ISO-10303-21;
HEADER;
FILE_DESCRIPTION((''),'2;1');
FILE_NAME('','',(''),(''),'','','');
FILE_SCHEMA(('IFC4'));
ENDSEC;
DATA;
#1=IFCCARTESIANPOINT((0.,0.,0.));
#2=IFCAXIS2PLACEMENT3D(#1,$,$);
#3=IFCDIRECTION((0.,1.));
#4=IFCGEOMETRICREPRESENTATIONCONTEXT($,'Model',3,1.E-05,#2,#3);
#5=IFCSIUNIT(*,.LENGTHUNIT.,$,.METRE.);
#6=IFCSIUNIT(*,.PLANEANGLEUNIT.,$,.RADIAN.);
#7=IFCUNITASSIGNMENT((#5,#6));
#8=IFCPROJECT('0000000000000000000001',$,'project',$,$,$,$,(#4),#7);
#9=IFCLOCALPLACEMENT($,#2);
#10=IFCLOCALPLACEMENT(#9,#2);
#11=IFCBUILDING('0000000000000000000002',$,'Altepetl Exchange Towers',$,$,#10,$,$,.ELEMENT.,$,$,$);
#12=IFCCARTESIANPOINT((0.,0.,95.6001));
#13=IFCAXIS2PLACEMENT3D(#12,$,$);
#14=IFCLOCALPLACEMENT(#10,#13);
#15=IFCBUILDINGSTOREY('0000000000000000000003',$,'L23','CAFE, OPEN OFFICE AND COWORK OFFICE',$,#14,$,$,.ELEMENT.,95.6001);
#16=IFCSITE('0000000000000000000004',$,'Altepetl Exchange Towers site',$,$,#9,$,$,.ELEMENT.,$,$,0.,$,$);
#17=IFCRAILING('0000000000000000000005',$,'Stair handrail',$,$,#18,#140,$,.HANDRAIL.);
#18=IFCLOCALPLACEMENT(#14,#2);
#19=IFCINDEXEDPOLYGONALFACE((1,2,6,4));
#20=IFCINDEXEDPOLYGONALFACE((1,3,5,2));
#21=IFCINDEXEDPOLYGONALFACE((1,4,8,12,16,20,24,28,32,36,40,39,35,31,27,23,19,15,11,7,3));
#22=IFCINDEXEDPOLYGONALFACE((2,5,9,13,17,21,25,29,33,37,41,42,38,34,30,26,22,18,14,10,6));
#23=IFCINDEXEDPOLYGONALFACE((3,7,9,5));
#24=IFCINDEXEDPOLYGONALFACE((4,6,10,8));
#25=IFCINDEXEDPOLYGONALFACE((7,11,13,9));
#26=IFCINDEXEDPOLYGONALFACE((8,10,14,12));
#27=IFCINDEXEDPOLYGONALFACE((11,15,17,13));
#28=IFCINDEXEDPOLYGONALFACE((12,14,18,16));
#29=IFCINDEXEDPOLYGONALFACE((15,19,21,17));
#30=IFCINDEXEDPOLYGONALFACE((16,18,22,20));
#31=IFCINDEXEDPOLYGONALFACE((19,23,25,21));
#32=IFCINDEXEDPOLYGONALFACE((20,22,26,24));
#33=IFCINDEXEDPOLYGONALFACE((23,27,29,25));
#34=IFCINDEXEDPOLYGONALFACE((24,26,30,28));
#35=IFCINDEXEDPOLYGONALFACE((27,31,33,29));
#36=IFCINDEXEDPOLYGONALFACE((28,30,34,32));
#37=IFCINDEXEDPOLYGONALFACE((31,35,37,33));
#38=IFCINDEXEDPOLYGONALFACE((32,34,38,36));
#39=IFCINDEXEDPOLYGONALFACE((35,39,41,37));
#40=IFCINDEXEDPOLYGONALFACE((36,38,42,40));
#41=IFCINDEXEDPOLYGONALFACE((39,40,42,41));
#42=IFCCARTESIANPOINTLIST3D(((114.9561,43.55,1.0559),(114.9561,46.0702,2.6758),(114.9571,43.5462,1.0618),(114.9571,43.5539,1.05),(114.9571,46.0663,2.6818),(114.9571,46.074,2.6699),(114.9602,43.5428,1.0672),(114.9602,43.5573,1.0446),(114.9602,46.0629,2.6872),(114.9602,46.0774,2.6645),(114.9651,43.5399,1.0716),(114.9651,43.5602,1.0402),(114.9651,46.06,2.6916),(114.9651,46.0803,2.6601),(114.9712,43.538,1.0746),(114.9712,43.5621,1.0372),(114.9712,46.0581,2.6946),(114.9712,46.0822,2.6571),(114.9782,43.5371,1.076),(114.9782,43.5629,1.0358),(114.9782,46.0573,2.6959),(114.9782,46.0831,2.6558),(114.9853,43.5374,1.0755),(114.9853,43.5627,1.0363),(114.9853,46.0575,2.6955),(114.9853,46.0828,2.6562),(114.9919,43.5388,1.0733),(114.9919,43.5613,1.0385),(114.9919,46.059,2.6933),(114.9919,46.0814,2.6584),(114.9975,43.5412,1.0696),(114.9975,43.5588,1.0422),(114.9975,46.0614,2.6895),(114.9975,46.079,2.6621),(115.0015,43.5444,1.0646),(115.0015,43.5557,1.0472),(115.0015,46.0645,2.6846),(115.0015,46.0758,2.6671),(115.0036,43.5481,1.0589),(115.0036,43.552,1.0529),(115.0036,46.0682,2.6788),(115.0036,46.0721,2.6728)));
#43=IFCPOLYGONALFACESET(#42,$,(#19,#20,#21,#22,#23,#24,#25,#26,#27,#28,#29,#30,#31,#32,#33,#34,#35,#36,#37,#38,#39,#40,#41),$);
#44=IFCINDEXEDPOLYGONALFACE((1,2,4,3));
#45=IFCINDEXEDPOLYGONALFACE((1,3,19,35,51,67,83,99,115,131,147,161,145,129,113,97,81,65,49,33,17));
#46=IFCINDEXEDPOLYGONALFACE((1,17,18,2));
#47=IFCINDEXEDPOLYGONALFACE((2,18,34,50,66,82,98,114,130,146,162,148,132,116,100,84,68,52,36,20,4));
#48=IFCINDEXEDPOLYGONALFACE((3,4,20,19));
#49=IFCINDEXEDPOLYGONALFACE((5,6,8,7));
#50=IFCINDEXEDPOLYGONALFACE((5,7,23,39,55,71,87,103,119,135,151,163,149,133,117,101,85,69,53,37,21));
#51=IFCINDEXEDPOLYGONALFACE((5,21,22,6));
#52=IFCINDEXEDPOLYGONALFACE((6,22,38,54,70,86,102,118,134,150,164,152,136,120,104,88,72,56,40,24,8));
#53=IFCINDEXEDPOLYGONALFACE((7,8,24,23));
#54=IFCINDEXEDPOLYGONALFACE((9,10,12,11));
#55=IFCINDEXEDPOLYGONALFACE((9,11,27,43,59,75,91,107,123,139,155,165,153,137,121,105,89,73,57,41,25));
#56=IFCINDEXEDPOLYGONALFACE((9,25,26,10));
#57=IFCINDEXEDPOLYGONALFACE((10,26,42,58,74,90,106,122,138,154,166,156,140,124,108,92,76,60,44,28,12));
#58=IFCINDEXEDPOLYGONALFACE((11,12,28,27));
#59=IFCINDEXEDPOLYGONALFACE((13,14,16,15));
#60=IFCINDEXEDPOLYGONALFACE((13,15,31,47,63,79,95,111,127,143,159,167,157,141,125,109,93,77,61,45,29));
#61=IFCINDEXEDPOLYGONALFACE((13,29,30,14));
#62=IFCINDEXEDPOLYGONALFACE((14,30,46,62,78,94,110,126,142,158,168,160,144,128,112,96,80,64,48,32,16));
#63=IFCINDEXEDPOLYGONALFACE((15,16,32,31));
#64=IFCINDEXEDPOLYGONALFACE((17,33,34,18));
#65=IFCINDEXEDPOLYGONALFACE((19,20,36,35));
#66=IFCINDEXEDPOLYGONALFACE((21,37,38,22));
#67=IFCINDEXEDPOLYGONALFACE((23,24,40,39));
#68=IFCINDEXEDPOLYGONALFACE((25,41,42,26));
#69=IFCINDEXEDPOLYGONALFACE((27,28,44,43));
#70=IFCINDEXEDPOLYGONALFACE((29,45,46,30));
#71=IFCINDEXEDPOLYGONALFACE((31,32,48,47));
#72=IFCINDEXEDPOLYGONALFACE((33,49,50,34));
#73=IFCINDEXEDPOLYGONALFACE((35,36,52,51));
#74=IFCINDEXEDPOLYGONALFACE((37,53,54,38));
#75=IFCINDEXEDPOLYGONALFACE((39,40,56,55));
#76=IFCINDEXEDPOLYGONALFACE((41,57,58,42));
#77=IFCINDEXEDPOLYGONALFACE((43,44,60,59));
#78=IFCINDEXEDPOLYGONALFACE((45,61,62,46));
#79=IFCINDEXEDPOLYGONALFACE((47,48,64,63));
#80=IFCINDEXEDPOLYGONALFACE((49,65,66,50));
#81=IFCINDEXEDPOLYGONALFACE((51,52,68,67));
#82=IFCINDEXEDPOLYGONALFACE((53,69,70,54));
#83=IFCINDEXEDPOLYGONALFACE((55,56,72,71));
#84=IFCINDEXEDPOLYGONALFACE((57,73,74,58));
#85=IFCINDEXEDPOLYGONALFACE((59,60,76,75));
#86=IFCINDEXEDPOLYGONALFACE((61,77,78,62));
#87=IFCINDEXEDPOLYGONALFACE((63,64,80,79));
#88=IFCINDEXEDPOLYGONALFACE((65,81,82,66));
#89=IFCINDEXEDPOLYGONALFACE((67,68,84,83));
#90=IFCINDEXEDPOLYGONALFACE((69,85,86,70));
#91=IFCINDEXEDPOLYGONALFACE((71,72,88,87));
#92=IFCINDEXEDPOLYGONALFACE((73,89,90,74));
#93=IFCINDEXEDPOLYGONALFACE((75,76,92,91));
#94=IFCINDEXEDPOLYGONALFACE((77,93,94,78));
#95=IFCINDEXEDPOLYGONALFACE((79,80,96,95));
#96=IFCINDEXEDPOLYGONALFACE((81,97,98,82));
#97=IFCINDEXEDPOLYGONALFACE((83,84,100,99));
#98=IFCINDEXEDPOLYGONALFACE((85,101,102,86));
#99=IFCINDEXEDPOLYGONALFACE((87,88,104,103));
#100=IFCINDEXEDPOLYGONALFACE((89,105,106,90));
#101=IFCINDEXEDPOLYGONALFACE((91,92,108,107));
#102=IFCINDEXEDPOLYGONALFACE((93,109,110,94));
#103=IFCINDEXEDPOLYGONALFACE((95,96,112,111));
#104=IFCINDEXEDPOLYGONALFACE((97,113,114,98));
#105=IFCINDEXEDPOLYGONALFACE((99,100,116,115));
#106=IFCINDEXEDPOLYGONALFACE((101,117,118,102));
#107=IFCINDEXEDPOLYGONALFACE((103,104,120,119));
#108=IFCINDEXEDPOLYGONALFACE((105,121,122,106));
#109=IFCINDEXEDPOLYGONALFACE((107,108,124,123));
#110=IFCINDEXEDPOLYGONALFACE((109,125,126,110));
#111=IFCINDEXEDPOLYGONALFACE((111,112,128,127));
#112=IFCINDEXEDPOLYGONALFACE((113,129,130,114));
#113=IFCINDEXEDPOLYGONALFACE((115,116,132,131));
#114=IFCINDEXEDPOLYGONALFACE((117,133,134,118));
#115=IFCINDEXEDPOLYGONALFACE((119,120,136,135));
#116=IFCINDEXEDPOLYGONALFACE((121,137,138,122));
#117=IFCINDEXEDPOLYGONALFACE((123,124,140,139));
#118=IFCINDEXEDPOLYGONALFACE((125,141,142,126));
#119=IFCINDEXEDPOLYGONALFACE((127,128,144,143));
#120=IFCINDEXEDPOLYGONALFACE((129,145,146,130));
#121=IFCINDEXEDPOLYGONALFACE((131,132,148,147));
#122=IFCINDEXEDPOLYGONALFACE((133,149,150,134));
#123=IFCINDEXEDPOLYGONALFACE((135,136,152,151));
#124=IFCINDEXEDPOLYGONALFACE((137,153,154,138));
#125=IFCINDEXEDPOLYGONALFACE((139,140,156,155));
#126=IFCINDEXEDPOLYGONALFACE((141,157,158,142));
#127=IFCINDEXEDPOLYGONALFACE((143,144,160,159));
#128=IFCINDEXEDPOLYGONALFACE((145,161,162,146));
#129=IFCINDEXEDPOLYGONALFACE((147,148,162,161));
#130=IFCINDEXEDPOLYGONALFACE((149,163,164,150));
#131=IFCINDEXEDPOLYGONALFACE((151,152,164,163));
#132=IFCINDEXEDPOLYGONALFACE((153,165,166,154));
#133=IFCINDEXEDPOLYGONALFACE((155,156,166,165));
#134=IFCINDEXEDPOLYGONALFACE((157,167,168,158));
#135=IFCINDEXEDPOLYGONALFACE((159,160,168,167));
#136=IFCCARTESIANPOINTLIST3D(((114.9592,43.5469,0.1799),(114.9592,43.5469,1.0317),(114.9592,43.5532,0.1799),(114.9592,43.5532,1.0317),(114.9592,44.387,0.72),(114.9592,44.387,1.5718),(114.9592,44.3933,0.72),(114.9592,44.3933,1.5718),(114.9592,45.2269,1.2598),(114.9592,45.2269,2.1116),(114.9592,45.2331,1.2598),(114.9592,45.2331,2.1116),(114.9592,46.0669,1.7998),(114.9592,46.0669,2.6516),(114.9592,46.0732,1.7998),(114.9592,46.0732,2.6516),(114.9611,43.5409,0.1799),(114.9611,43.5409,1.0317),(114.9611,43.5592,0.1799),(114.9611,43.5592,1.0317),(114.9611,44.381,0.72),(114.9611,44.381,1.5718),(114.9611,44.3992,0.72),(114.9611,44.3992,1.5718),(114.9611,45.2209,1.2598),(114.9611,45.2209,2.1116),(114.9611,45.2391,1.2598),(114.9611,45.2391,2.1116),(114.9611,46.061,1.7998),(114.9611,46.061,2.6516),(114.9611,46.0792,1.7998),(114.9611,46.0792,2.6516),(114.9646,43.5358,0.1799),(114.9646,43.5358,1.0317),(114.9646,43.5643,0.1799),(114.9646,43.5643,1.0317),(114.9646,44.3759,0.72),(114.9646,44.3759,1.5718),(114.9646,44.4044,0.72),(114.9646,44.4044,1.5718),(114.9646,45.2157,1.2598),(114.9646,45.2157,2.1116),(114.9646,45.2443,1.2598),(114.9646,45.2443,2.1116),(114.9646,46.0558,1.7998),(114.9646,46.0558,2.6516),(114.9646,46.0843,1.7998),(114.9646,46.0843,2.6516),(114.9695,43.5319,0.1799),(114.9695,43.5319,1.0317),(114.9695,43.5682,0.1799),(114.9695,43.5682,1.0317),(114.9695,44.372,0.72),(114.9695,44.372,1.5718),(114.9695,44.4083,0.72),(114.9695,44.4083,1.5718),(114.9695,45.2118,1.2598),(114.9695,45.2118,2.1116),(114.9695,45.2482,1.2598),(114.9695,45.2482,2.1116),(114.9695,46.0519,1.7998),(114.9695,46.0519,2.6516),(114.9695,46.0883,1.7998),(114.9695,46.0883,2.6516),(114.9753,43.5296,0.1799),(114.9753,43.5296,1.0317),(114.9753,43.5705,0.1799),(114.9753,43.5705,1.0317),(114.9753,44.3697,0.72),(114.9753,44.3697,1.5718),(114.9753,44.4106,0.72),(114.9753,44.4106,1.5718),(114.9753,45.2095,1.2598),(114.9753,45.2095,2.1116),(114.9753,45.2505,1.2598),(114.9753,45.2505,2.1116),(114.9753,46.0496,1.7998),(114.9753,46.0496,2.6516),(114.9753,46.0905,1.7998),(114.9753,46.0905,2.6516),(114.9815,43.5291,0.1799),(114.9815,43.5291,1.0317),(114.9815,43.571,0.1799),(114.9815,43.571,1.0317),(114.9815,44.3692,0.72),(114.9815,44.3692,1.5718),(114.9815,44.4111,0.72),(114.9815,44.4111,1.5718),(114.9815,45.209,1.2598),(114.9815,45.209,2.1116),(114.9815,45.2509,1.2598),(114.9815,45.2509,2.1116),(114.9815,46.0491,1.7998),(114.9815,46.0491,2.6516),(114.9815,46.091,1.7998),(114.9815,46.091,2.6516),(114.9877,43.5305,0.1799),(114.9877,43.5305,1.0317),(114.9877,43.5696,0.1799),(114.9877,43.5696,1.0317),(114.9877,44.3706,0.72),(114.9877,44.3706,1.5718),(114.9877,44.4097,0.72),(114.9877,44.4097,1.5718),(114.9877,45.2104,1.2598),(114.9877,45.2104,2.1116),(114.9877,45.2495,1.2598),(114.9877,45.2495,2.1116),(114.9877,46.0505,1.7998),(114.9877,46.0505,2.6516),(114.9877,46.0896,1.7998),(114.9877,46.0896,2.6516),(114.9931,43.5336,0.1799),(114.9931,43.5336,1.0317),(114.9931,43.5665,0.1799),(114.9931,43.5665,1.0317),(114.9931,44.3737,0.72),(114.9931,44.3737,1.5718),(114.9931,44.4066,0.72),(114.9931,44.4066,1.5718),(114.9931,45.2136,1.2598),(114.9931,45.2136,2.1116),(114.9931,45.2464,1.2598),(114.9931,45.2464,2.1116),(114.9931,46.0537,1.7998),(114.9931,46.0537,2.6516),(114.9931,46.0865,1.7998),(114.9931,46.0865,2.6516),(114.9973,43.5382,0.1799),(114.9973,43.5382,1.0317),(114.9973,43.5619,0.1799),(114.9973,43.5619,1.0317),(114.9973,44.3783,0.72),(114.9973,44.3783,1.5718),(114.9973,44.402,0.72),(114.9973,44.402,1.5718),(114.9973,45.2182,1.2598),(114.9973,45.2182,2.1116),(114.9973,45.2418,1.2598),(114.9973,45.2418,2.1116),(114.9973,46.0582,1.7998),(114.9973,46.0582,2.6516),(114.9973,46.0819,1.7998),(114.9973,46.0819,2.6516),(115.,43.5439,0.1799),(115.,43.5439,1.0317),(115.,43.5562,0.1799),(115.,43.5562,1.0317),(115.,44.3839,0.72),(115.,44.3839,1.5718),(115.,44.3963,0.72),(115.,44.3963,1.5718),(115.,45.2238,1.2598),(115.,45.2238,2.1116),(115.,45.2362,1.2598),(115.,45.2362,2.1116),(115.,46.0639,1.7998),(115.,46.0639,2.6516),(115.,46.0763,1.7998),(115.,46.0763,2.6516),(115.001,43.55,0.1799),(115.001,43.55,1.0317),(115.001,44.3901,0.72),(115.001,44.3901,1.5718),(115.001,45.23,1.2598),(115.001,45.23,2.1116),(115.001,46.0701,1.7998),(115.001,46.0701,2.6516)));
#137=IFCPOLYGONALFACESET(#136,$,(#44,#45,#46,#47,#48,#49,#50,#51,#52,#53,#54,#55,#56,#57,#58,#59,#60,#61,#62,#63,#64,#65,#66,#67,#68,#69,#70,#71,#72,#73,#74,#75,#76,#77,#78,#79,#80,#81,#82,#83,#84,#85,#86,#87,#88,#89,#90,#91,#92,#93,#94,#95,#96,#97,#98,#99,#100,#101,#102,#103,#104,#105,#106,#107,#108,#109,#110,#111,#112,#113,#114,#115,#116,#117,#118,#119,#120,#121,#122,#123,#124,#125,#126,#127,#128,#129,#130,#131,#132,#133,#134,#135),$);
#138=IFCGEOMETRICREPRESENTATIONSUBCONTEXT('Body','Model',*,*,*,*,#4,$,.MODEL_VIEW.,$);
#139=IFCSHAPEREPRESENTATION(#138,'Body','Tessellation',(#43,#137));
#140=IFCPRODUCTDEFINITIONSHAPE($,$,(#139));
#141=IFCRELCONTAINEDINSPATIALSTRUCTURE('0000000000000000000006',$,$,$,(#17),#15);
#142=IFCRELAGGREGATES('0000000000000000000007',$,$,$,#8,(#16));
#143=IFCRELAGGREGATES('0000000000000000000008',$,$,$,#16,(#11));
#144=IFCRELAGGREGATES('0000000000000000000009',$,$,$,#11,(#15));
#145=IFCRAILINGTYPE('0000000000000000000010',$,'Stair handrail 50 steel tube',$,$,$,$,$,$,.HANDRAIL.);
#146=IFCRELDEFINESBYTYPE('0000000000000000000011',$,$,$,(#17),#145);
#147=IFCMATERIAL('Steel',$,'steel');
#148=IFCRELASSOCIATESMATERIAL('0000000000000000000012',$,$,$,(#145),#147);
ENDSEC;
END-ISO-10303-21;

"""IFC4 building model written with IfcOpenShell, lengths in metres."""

from ifc_helpers import new_model, si_unit, direction, frame, origin, origin_2d, place, context, subcontext, project, spatial, circle, extrude, source, transform, mapped, material, type_object, element, save


model = new_model("IFC4")

# Units and contexts
model_context = context("Model", 3, precision=1e-05, world=origin(), true_north=direction((0.0, 1.0)))
body_context = subcontext(model_context, "Body", "Model", "MODEL_VIEW")
ifc_project = project(units=[si_unit("LENGTHUNIT", "METRE"), si_unit("PLANEANGLEUNIT", "RADIAN")], contexts=[model_context])

# Site, building, storey
site_placement = place(None, origin())
site = spatial("IfcSite", under=ifc_project, at=site_placement, Name="Altepetl Exchange Towers site", CompositionType="ELEMENT", RefElevation=0.0)
building_placement = place(site_placement, origin())
building = spatial("IfcBuilding", under=site, at=building_placement, Name="Altepetl Exchange Towers", CompositionType="ELEMENT")
storey_placement = place(building_placement, frame((0.0, 0.0, 95.6001)))
storey = spatial("IfcBuildingStorey", under=building, at=storey_placement, Name="L23", Description="CAFE, OPEN OFFICE AND COWORK OFFICE", CompositionType="ELEMENT", Elevation=95.6001)

# Railing
ifc_material_1 = material(Name="Steel", Category="steel")
railing_type = type_object("IfcRailingType", Name="Stair handrail 50 steel tube", PredefinedType="HANDRAIL", material=ifc_material_1)
shared_shape = source(origin(), body_context, "Body", "SweptSolid", [
    extrude(circle(Radius=0.021, at=origin_2d()), origin(), (0.0, 0.0, 1.0), 0.8518),
])
railing_1_placement = place(storey_placement, frame((114.98, 43.55, 0.1799)))
element("IfcRailing", 1, at=railing_1_placement, inside=storey, type_object=railing_type, Name="Stair handrail", PredefinedType="HANDRAIL", context=body_context, shape_type="SweptSolid", body=[
    extrude(circle(Radius=0.0239, at=origin_2d()), frame((0.0, 0.0, 0.876), z_axis=(0.0, 0.8412, 0.540725), x_axis=(-1.0, 0.0, 0.0)), (0.0, 0.0, 1.0), 2.9958),
    mapped(shared_shape, transform((0.0, 0.0, 0.0))),
    mapped(shared_shape, transform((0.0, 0.8401, 0.54))),
    mapped(shared_shape, transform((0.0, 1.6799, 1.0798))),
    mapped(shared_shape, transform((0.0, 2.52, 1.6199))),
])

save(model, "model.ifc")
